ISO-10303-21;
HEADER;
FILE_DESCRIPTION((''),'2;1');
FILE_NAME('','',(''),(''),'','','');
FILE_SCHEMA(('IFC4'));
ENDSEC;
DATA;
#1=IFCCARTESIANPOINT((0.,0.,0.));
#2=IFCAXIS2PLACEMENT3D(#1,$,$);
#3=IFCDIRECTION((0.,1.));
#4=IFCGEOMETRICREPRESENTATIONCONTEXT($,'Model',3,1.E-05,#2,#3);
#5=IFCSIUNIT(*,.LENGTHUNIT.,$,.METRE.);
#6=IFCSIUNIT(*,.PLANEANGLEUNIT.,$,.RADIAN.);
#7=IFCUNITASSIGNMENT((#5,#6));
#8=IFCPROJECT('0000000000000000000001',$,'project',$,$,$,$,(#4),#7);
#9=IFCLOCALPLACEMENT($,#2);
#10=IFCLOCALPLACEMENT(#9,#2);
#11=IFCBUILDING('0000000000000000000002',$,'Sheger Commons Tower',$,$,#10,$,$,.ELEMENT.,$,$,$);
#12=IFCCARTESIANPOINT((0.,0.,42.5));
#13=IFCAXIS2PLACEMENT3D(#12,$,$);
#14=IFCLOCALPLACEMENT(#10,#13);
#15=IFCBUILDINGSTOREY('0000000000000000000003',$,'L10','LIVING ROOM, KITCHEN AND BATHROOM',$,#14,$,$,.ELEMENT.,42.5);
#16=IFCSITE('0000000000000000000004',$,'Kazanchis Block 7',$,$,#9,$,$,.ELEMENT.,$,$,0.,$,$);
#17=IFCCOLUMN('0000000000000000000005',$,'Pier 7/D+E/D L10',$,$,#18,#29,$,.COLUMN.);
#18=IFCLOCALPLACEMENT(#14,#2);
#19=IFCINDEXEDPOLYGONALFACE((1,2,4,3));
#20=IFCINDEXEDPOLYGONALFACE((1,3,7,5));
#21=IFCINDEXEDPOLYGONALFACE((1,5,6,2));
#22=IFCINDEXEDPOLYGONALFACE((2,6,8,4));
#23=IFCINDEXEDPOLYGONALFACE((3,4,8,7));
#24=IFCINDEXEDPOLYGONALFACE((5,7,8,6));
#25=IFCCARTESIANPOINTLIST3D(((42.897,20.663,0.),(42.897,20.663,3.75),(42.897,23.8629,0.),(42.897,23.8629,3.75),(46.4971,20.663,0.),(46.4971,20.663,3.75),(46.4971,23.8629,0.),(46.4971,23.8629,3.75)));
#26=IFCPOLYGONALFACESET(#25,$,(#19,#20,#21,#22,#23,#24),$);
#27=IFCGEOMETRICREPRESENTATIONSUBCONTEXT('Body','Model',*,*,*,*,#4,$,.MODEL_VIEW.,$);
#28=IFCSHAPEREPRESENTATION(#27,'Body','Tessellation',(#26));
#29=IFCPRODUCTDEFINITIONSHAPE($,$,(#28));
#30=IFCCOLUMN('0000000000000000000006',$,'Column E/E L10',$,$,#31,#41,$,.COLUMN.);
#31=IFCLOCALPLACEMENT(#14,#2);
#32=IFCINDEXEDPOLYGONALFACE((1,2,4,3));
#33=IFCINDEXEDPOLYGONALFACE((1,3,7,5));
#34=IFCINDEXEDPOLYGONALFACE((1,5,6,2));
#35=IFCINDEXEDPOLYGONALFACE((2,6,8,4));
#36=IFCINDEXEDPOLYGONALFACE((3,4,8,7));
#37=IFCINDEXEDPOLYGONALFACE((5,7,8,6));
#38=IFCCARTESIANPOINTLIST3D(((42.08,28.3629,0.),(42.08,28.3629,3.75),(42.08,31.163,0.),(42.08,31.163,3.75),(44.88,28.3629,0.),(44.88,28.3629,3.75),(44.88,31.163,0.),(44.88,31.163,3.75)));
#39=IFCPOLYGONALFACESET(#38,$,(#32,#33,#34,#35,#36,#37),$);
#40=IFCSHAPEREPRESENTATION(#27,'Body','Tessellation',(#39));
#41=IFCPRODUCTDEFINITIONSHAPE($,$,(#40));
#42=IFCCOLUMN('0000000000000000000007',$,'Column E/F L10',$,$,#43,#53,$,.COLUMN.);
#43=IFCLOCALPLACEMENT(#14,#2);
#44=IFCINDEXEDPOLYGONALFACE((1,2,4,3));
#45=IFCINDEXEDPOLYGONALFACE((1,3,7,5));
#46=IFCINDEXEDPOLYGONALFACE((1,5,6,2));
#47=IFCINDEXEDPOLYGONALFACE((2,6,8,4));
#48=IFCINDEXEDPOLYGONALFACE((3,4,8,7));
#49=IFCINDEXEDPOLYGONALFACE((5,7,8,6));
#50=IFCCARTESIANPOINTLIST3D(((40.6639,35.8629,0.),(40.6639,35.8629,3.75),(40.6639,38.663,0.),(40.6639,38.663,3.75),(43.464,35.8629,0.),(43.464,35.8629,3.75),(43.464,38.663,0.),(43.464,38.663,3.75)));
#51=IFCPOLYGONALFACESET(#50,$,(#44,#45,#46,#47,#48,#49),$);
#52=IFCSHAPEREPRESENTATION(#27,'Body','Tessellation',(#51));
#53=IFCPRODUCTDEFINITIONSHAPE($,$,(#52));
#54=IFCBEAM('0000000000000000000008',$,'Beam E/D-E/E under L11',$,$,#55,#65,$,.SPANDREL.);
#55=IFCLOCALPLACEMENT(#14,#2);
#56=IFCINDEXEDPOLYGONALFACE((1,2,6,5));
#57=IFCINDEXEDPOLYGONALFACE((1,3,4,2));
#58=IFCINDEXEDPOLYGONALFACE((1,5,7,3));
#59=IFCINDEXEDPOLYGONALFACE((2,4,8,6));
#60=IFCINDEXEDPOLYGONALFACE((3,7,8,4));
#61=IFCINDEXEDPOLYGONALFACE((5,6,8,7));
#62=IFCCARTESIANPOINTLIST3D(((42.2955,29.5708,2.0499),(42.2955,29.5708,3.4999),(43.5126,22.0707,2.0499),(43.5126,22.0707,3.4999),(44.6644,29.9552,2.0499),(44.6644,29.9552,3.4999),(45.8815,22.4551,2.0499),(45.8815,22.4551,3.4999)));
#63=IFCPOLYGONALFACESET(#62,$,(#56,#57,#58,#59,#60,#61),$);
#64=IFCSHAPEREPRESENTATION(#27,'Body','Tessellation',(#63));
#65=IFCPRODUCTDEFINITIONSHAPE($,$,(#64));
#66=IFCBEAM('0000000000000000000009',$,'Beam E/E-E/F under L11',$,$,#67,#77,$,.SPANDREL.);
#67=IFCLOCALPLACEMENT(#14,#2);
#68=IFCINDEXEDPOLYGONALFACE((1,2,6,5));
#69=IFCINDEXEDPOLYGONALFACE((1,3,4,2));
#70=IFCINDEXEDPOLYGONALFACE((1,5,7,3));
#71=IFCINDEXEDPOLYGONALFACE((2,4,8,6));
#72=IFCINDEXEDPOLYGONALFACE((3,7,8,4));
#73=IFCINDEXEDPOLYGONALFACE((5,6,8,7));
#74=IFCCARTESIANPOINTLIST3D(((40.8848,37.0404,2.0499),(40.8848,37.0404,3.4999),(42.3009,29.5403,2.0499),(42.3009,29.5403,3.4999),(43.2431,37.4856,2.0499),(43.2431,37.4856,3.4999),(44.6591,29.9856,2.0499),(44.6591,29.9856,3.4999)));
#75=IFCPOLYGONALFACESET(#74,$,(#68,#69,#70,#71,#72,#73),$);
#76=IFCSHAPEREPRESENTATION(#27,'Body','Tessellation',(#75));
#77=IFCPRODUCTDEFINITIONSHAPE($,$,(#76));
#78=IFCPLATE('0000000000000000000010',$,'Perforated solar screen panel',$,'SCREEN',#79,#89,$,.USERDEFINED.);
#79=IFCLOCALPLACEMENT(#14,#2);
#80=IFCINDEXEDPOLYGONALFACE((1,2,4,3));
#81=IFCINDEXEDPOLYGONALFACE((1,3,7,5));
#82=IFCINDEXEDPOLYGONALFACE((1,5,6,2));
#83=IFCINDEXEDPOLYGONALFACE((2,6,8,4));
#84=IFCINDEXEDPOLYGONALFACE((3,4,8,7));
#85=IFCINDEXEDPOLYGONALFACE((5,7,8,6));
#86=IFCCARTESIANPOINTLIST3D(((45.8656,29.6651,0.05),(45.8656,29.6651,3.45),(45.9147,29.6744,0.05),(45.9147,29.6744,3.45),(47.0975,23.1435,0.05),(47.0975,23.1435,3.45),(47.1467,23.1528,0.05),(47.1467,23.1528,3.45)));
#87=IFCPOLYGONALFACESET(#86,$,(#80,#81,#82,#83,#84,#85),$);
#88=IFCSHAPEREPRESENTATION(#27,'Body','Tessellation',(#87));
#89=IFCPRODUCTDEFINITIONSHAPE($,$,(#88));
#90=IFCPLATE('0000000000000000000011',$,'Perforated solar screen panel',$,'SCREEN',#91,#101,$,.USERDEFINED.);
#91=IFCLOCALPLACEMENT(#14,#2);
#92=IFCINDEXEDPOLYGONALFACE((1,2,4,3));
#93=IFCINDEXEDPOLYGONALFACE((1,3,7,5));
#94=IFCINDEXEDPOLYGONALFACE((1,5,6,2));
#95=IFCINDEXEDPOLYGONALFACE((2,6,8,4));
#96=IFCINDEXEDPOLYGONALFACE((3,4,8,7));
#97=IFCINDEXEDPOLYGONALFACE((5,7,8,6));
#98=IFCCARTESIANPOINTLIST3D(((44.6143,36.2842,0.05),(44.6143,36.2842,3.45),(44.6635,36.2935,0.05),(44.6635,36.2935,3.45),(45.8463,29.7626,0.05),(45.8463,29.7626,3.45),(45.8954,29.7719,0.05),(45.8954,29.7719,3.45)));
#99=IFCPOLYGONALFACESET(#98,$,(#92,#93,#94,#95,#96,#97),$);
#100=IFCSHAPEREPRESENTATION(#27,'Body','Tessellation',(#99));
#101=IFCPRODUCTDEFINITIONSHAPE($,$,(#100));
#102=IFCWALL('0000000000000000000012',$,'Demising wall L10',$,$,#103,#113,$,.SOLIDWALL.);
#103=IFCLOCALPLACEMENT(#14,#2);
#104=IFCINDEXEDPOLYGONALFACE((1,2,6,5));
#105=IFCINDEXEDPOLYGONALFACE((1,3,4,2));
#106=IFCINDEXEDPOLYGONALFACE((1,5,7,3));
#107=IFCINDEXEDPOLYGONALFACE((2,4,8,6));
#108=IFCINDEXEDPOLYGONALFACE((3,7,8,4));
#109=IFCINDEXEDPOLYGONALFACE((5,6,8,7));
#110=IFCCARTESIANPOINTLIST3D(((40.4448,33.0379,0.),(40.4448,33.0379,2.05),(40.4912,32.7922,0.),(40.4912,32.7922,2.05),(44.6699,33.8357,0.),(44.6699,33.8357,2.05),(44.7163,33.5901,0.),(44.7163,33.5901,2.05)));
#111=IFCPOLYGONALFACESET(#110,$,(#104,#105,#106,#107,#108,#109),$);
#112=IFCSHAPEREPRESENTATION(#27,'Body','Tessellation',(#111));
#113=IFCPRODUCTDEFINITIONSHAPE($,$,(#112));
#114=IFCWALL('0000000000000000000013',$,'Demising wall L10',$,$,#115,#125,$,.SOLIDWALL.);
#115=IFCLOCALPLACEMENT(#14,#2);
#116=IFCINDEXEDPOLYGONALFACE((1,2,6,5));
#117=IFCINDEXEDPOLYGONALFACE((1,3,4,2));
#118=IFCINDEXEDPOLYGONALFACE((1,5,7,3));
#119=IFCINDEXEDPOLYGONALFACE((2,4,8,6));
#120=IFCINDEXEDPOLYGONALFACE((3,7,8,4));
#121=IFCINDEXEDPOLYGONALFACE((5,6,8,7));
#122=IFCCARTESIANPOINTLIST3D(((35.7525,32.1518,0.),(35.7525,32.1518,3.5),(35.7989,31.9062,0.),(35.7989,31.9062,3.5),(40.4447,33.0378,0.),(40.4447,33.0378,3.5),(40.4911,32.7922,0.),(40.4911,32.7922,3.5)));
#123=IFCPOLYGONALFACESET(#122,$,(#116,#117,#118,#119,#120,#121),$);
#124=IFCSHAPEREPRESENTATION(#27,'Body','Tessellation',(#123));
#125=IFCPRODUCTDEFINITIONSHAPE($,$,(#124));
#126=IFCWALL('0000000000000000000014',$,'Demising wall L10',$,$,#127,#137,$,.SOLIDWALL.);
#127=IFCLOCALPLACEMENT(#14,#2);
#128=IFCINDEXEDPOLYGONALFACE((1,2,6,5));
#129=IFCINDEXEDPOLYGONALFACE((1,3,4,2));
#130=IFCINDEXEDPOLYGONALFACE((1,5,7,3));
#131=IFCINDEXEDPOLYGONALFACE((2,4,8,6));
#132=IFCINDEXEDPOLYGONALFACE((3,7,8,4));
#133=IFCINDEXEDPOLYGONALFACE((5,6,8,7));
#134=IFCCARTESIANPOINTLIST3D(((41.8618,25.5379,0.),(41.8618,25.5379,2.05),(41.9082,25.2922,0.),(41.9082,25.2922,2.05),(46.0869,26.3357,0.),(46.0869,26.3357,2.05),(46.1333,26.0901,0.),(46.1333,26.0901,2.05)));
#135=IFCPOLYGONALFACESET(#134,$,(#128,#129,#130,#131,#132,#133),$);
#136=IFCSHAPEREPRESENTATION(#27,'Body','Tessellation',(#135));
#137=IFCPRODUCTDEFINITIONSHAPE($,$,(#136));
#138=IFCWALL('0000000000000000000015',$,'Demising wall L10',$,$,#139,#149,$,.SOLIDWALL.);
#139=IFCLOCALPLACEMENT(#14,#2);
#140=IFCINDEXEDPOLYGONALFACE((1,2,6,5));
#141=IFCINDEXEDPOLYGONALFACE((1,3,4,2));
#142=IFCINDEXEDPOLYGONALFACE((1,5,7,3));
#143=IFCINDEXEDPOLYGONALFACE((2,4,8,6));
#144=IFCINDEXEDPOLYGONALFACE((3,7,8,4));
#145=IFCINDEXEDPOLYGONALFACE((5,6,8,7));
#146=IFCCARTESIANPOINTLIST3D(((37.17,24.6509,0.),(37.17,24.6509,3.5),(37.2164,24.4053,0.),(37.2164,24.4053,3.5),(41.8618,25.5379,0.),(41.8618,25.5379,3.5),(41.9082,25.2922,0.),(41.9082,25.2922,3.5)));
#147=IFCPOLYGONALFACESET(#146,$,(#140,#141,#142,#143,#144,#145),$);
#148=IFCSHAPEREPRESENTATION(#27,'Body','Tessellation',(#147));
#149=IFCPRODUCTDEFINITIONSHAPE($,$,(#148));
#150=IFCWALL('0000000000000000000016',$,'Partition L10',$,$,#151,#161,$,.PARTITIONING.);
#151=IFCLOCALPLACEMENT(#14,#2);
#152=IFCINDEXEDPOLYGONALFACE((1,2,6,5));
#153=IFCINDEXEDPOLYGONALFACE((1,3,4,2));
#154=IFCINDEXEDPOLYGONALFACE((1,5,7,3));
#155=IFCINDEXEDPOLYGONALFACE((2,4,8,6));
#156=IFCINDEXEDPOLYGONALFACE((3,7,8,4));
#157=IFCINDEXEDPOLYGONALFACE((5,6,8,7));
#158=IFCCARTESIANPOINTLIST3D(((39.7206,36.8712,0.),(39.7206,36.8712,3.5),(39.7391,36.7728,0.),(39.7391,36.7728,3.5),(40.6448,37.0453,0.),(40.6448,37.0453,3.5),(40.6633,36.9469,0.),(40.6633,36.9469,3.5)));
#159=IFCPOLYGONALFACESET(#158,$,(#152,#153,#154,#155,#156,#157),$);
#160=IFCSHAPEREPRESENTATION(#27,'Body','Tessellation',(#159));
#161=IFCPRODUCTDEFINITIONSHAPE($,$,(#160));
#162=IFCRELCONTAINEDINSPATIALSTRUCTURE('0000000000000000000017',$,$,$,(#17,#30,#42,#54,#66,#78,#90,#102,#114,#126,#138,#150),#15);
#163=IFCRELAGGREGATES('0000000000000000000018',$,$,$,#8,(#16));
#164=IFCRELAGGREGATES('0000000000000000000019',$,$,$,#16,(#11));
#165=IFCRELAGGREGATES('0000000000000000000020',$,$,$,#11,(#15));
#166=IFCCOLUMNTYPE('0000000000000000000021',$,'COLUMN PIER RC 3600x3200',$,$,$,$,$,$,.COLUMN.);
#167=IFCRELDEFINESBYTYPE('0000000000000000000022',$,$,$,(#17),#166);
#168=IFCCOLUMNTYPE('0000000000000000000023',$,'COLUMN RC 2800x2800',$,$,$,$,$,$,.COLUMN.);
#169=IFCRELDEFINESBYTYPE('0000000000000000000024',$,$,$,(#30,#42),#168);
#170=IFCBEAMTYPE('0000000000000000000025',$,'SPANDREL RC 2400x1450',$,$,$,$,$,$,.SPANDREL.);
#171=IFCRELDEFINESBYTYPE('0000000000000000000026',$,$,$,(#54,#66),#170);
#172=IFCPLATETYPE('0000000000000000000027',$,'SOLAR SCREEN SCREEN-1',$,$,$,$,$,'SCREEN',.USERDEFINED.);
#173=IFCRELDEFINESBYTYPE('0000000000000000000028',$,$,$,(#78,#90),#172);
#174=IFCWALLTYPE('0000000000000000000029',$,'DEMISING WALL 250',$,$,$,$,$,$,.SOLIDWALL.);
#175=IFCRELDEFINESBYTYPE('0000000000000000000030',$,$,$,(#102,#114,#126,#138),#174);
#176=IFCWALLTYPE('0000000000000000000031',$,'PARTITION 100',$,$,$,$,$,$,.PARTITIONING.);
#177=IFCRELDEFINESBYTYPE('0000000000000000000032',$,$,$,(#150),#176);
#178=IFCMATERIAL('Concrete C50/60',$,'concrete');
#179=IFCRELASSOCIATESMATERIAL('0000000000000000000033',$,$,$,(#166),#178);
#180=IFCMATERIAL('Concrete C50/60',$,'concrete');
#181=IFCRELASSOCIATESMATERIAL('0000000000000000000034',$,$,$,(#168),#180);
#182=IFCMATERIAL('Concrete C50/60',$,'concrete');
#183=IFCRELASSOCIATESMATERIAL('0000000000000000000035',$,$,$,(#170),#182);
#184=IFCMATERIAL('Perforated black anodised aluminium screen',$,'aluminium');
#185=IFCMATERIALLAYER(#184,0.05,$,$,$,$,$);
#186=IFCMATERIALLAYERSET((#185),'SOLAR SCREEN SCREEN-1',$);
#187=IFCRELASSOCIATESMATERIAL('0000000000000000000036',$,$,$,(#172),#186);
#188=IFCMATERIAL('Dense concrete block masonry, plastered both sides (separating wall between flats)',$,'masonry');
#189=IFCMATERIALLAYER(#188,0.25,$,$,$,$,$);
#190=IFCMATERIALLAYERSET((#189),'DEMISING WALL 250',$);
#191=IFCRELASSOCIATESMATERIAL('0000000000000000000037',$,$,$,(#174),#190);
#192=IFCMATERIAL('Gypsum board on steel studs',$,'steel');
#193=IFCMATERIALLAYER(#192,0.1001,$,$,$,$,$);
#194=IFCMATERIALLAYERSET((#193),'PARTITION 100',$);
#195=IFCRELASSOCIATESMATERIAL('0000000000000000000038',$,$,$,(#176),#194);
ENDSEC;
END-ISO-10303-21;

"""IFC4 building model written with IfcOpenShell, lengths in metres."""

from ifc_helpers import new_model, si_unit, direction, frame, frame_2d, origin, origin_2d, place, context, subcontext, project, spatial, rectangle, extrude, material, layer, layer_set, material_profile, profile_set, type_object, element, save


model = new_model("IFC4")

# Units and contexts
model_context = context("Model", 3, precision=1e-05, world=origin(), true_north=direction((0.0, 1.0)))
body_context = subcontext(model_context, "Body", "Model", "MODEL_VIEW")
ifc_project = project(units=[si_unit("LENGTHUNIT", "METRE"), si_unit("PLANEANGLEUNIT", "RADIAN")], contexts=[model_context])

# Site, building, storey
site_placement = place(None, origin())
site = spatial("IfcSite", under=ifc_project, at=site_placement, Name="Kazanchis Block 7", CompositionType="ELEMENT", RefElevation=0.0)
building_placement = place(site_placement, origin())
building = spatial("IfcBuilding", under=site, at=building_placement, Name="Sheger Commons Tower", CompositionType="ELEMENT")
storey_placement = place(building_placement, frame((0.0, 0.0, 42.5)))
storey = spatial("IfcBuildingStorey", under=building, at=storey_placement, Name="L10", Description="LIVING ROOM, KITCHEN AND BATHROOM", CompositionType="ELEMENT", Elevation=42.5)

# Columns
ifc_material_1 = material(Name="Concrete C50/60", Category="concrete")
ifc_material_profile_1 = material_profile(ifc_material_1, rectangle(XDim=3.6001, YDim=3.2, at=origin_2d()), Name="RC 3600x3200")
ifc_profile_set_1 = profile_set([ifc_material_profile_1], Name="Concrete C50/60")
column_type_1 = type_object("IfcColumnType", Name="COLUMN PIER RC 3600x3200", PredefinedType="COLUMN", material=ifc_profile_set_1)
column_placement = place(storey_placement, frame((44.697, 22.2629, 0.0), z_axis=(0.0, 0.0, 1.0), x_axis=(1.0, 0.0, 0.0)))
element("IfcColumn", 1, at=column_placement, inside=storey, type_object=column_type_1, Name="Pier 7/D+E/D L10", PredefinedType="COLUMN", context=body_context, shape_type="SweptSolid", body=[
    extrude(rectangle(XDim=3.6001, YDim=3.2, at=origin_2d()), origin(), (0.0, 0.0, 1.0), 3.75),
])
ifc_material_2 = material(Name="Concrete C50/60", Category="concrete")
ifc_material_profile_2 = material_profile(ifc_material_2, rectangle(XDim=2.8, YDim=2.8, at=origin_2d()), Name="RC 2800x2800")
ifc_profile_set_2 = profile_set([ifc_material_profile_2], Name="Concrete C50/60")
column_type_2 = type_object("IfcColumnType", Name="COLUMN RC 2800x2800", PredefinedType="COLUMN", material=ifc_profile_set_2)
for number, where, z_axis, x_axis, name in (
    (2, (43.48, 29.7629, 0.0), (0.0, 0.0, 1.0), (1.0, 0.0, 0.0), "Column E/E L10"),
    (3, (42.064, 37.2629, 0.0), (0.0, 0.0, 1.0), (1.0, 0.0, 0.0), "Column E/F L10"),
):
    element("IfcColumn", number, at=place(storey_placement, frame(where, z_axis=z_axis, x_axis=x_axis)), inside=storey, type_object=column_type_2, Name=name, PredefinedType="COLUMN", context=body_context, shape_type="SweptSolid", body=[
        extrude(rectangle(XDim=2.8, YDim=2.8, at=origin_2d()), origin(), (0.0, 0.0, 1.0), 3.75),
    ])

# Beams
ifc_material_3 = material(Name="Concrete C50/60", Category="concrete")
ifc_material_profile_3 = material_profile(ifc_material_3, rectangle(XDim=2.3999, YDim=1.45, at=origin_2d()), Name="RC 2400x1450")
ifc_profile_set_3 = profile_set([ifc_material_profile_3], Name="Concrete C50/60")
beam_type = type_object("IfcBeamType", Name="SPANDREL RC 2400x1450", PredefinedType="SPANDREL", material=ifc_profile_set_3)
beam_1_placement = place(storey_placement, frame((44.697, 22.2629, 2.7749), z_axis=(-0.160177, 0.987088, 0.0), x_axis=(-0.987088, -0.160177, 0.0)))
element("IfcBeam", 4, at=beam_1_placement, inside=storey, type_object=beam_type, Name="Beam E/D-E/E under L11", PredefinedType="SPANDREL", context=body_context, shape_type="SweptSolid", body=[
    extrude(rectangle(XDim=2.3999, YDim=1.45, at=origin_2d()), origin(), (0.0, 0.0, 1.0), 7.5981),
])
beam_2_placement = place(storey_placement, frame((43.48, 29.7629, 2.7749), z_axis=(-0.185524, 0.98264, 0.0), x_axis=(-0.98264, -0.185524, 0.0)))
element("IfcBeam", 5, at=beam_2_placement, inside=storey, type_object=beam_type, Name="Beam E/E-E/F under L11", PredefinedType="SPANDREL", context=body_context, shape_type="SweptSolid", body=[
    extrude(rectangle(XDim=2.3999, YDim=1.45, at=origin_2d()), origin(), (0.0, 0.0, 1.0), 7.6326),
])

# Plates
ifc_material_4 = material(Name="Perforated black anodised aluminium screen", Category="aluminium")
ifc_layer_1 = layer(ifc_material_4, 0.05)
ifc_layer_set_1 = layer_set([ifc_layer_1], Name="SOLAR SCREEN SCREEN-1")
plate_type = type_object("IfcPlateType", Name="SOLAR SCREEN SCREEN-1", ElementType="SCREEN", PredefinedType="USERDEFINED", material=ifc_layer_set_1)
for number, where, z_axis, x_axis, name in (
    (6, (46.5061, 26.4089, 0.05), (0.0, 0.0, 1.0), (-0.185615, 0.982623, 0.0), "Perforated solar screen panel"),
    (7, (45.2549, 33.0281, 0.05), (0.0, 0.0, 1.0), (-0.185615, 0.982623, 0.0), "Perforated solar screen panel"),
):
    element("IfcPlate", number, at=place(storey_placement, frame(where, z_axis=z_axis, x_axis=x_axis)), inside=storey, type_object=plate_type, Name=name, ObjectType="SCREEN", PredefinedType="USERDEFINED", context=body_context, shape_type="SweptSolid", body=[
        extrude(rectangle(XDim=6.637, YDim=0.05, at=origin_2d()), origin(), (0.0, 0.0, 1.0), 3.3999),
    ])

# Walls
ifc_material_5 = material(Name="Dense concrete block masonry, plastered both sides (separating wall between flats)", Category="masonry")
ifc_layer_2 = layer(ifc_material_5, 0.25)
ifc_layer_set_2 = layer_set([ifc_layer_2], Name="DEMISING WALL 250")
wall_type_1 = type_object("IfcWallType", Name="DEMISING WALL 250", PredefinedType="SOLIDWALL", material=ifc_layer_set_2)
wall_1_placement = place(storey_placement, frame((44.6931, 33.7129, 0.0), z_axis=(0.0, 0.0, 1.0), x_axis=(-0.982634, -0.185557, 0.0)))
element("IfcWall", 8, at=wall_1_placement, inside=storey, type_object=wall_type_1, Name="Demising wall L10", PredefinedType="SOLIDWALL", context=body_context, shape_type="SweptSolid", body=[
    extrude(rectangle(XDim=4.2998, YDim=0.25, at=frame_2d((2.1499, 0.0))), origin(), (0.0, 0.0, 1.0), 2.05),
])
wall_2_placement = place(storey_placement, frame((40.468, 32.915, 0.0), z_axis=(0.0, 0.0, 1.0), x_axis=(-0.982636, -0.185545, 0.0)))
element("IfcWall", 9, at=wall_2_placement, inside=storey, type_object=wall_type_1, Name="Demising wall L10", PredefinedType="SOLIDWALL", context=body_context, shape_type="SweptSolid", body=[
    extrude(rectangle(XDim=4.7751, YDim=0.25, at=frame_2d((2.3877, 0.0))), origin(), (0.0, 0.0, 1.0), 3.5),
])
wall_3_placement = place(storey_placement, frame((46.1101, 26.2129, 0.0), z_axis=(0.0, 0.0, 1.0), x_axis=(-0.982634, -0.185557, 0.0)))
element("IfcWall", 10, at=wall_3_placement, inside=storey, type_object=wall_type_1, Name="Demising wall L10", PredefinedType="SOLIDWALL", context=body_context, shape_type="SweptSolid", body=[
    extrude(rectangle(XDim=4.2998, YDim=0.25, at=frame_2d((2.1499, 0.0))), origin(), (0.0, 0.0, 1.0), 2.05),
])
wall_4_placement = place(storey_placement, frame((41.885, 25.415, 0.0), z_axis=(0.0, 0.0, 1.0), x_axis=(-0.982597, -0.185752, 0.0)))
element("IfcWall", 11, at=wall_4_placement, inside=storey, type_object=wall_type_1, Name="Demising wall L10", PredefinedType="SOLIDWALL", context=body_context, shape_type="SweptSolid", body=[
    extrude(rectangle(XDim=4.7749, YDim=0.25, at=frame_2d((2.3875, 0.0))), origin(), (0.0, 0.0, 1.0), 3.5),
])
ifc_material_6 = material(Name="Gypsum board on steel studs", Category="steel")
ifc_layer_3 = layer(ifc_material_6, 0.1001)
ifc_layer_set_3 = layer_set([ifc_layer_3], Name="PARTITION 100")
wall_type_2 = type_object("IfcWallType", Name="PARTITION 100", PredefinedType="PARTITIONING", material=ifc_layer_set_3)
wall_5_placement = place(storey_placement, frame((40.6541, 36.9961, 0.0), z_axis=(0.0, 0.0, 1.0), x_axis=(-0.982716, -0.185119, 0.0)))
element("IfcWall", 12, at=wall_5_placement, inside=storey, type_object=wall_type_2, Name="Partition L10", PredefinedType="PARTITIONING", context=body_context, shape_type="SweptSolid", body=[
    extrude(rectangle(XDim=0.9404, YDim=0.1001, at=frame_2d((0.4702, 0.0))), origin(), (0.0, 0.0, 1.0), 3.5),
])

save(model, "model.ifc")
